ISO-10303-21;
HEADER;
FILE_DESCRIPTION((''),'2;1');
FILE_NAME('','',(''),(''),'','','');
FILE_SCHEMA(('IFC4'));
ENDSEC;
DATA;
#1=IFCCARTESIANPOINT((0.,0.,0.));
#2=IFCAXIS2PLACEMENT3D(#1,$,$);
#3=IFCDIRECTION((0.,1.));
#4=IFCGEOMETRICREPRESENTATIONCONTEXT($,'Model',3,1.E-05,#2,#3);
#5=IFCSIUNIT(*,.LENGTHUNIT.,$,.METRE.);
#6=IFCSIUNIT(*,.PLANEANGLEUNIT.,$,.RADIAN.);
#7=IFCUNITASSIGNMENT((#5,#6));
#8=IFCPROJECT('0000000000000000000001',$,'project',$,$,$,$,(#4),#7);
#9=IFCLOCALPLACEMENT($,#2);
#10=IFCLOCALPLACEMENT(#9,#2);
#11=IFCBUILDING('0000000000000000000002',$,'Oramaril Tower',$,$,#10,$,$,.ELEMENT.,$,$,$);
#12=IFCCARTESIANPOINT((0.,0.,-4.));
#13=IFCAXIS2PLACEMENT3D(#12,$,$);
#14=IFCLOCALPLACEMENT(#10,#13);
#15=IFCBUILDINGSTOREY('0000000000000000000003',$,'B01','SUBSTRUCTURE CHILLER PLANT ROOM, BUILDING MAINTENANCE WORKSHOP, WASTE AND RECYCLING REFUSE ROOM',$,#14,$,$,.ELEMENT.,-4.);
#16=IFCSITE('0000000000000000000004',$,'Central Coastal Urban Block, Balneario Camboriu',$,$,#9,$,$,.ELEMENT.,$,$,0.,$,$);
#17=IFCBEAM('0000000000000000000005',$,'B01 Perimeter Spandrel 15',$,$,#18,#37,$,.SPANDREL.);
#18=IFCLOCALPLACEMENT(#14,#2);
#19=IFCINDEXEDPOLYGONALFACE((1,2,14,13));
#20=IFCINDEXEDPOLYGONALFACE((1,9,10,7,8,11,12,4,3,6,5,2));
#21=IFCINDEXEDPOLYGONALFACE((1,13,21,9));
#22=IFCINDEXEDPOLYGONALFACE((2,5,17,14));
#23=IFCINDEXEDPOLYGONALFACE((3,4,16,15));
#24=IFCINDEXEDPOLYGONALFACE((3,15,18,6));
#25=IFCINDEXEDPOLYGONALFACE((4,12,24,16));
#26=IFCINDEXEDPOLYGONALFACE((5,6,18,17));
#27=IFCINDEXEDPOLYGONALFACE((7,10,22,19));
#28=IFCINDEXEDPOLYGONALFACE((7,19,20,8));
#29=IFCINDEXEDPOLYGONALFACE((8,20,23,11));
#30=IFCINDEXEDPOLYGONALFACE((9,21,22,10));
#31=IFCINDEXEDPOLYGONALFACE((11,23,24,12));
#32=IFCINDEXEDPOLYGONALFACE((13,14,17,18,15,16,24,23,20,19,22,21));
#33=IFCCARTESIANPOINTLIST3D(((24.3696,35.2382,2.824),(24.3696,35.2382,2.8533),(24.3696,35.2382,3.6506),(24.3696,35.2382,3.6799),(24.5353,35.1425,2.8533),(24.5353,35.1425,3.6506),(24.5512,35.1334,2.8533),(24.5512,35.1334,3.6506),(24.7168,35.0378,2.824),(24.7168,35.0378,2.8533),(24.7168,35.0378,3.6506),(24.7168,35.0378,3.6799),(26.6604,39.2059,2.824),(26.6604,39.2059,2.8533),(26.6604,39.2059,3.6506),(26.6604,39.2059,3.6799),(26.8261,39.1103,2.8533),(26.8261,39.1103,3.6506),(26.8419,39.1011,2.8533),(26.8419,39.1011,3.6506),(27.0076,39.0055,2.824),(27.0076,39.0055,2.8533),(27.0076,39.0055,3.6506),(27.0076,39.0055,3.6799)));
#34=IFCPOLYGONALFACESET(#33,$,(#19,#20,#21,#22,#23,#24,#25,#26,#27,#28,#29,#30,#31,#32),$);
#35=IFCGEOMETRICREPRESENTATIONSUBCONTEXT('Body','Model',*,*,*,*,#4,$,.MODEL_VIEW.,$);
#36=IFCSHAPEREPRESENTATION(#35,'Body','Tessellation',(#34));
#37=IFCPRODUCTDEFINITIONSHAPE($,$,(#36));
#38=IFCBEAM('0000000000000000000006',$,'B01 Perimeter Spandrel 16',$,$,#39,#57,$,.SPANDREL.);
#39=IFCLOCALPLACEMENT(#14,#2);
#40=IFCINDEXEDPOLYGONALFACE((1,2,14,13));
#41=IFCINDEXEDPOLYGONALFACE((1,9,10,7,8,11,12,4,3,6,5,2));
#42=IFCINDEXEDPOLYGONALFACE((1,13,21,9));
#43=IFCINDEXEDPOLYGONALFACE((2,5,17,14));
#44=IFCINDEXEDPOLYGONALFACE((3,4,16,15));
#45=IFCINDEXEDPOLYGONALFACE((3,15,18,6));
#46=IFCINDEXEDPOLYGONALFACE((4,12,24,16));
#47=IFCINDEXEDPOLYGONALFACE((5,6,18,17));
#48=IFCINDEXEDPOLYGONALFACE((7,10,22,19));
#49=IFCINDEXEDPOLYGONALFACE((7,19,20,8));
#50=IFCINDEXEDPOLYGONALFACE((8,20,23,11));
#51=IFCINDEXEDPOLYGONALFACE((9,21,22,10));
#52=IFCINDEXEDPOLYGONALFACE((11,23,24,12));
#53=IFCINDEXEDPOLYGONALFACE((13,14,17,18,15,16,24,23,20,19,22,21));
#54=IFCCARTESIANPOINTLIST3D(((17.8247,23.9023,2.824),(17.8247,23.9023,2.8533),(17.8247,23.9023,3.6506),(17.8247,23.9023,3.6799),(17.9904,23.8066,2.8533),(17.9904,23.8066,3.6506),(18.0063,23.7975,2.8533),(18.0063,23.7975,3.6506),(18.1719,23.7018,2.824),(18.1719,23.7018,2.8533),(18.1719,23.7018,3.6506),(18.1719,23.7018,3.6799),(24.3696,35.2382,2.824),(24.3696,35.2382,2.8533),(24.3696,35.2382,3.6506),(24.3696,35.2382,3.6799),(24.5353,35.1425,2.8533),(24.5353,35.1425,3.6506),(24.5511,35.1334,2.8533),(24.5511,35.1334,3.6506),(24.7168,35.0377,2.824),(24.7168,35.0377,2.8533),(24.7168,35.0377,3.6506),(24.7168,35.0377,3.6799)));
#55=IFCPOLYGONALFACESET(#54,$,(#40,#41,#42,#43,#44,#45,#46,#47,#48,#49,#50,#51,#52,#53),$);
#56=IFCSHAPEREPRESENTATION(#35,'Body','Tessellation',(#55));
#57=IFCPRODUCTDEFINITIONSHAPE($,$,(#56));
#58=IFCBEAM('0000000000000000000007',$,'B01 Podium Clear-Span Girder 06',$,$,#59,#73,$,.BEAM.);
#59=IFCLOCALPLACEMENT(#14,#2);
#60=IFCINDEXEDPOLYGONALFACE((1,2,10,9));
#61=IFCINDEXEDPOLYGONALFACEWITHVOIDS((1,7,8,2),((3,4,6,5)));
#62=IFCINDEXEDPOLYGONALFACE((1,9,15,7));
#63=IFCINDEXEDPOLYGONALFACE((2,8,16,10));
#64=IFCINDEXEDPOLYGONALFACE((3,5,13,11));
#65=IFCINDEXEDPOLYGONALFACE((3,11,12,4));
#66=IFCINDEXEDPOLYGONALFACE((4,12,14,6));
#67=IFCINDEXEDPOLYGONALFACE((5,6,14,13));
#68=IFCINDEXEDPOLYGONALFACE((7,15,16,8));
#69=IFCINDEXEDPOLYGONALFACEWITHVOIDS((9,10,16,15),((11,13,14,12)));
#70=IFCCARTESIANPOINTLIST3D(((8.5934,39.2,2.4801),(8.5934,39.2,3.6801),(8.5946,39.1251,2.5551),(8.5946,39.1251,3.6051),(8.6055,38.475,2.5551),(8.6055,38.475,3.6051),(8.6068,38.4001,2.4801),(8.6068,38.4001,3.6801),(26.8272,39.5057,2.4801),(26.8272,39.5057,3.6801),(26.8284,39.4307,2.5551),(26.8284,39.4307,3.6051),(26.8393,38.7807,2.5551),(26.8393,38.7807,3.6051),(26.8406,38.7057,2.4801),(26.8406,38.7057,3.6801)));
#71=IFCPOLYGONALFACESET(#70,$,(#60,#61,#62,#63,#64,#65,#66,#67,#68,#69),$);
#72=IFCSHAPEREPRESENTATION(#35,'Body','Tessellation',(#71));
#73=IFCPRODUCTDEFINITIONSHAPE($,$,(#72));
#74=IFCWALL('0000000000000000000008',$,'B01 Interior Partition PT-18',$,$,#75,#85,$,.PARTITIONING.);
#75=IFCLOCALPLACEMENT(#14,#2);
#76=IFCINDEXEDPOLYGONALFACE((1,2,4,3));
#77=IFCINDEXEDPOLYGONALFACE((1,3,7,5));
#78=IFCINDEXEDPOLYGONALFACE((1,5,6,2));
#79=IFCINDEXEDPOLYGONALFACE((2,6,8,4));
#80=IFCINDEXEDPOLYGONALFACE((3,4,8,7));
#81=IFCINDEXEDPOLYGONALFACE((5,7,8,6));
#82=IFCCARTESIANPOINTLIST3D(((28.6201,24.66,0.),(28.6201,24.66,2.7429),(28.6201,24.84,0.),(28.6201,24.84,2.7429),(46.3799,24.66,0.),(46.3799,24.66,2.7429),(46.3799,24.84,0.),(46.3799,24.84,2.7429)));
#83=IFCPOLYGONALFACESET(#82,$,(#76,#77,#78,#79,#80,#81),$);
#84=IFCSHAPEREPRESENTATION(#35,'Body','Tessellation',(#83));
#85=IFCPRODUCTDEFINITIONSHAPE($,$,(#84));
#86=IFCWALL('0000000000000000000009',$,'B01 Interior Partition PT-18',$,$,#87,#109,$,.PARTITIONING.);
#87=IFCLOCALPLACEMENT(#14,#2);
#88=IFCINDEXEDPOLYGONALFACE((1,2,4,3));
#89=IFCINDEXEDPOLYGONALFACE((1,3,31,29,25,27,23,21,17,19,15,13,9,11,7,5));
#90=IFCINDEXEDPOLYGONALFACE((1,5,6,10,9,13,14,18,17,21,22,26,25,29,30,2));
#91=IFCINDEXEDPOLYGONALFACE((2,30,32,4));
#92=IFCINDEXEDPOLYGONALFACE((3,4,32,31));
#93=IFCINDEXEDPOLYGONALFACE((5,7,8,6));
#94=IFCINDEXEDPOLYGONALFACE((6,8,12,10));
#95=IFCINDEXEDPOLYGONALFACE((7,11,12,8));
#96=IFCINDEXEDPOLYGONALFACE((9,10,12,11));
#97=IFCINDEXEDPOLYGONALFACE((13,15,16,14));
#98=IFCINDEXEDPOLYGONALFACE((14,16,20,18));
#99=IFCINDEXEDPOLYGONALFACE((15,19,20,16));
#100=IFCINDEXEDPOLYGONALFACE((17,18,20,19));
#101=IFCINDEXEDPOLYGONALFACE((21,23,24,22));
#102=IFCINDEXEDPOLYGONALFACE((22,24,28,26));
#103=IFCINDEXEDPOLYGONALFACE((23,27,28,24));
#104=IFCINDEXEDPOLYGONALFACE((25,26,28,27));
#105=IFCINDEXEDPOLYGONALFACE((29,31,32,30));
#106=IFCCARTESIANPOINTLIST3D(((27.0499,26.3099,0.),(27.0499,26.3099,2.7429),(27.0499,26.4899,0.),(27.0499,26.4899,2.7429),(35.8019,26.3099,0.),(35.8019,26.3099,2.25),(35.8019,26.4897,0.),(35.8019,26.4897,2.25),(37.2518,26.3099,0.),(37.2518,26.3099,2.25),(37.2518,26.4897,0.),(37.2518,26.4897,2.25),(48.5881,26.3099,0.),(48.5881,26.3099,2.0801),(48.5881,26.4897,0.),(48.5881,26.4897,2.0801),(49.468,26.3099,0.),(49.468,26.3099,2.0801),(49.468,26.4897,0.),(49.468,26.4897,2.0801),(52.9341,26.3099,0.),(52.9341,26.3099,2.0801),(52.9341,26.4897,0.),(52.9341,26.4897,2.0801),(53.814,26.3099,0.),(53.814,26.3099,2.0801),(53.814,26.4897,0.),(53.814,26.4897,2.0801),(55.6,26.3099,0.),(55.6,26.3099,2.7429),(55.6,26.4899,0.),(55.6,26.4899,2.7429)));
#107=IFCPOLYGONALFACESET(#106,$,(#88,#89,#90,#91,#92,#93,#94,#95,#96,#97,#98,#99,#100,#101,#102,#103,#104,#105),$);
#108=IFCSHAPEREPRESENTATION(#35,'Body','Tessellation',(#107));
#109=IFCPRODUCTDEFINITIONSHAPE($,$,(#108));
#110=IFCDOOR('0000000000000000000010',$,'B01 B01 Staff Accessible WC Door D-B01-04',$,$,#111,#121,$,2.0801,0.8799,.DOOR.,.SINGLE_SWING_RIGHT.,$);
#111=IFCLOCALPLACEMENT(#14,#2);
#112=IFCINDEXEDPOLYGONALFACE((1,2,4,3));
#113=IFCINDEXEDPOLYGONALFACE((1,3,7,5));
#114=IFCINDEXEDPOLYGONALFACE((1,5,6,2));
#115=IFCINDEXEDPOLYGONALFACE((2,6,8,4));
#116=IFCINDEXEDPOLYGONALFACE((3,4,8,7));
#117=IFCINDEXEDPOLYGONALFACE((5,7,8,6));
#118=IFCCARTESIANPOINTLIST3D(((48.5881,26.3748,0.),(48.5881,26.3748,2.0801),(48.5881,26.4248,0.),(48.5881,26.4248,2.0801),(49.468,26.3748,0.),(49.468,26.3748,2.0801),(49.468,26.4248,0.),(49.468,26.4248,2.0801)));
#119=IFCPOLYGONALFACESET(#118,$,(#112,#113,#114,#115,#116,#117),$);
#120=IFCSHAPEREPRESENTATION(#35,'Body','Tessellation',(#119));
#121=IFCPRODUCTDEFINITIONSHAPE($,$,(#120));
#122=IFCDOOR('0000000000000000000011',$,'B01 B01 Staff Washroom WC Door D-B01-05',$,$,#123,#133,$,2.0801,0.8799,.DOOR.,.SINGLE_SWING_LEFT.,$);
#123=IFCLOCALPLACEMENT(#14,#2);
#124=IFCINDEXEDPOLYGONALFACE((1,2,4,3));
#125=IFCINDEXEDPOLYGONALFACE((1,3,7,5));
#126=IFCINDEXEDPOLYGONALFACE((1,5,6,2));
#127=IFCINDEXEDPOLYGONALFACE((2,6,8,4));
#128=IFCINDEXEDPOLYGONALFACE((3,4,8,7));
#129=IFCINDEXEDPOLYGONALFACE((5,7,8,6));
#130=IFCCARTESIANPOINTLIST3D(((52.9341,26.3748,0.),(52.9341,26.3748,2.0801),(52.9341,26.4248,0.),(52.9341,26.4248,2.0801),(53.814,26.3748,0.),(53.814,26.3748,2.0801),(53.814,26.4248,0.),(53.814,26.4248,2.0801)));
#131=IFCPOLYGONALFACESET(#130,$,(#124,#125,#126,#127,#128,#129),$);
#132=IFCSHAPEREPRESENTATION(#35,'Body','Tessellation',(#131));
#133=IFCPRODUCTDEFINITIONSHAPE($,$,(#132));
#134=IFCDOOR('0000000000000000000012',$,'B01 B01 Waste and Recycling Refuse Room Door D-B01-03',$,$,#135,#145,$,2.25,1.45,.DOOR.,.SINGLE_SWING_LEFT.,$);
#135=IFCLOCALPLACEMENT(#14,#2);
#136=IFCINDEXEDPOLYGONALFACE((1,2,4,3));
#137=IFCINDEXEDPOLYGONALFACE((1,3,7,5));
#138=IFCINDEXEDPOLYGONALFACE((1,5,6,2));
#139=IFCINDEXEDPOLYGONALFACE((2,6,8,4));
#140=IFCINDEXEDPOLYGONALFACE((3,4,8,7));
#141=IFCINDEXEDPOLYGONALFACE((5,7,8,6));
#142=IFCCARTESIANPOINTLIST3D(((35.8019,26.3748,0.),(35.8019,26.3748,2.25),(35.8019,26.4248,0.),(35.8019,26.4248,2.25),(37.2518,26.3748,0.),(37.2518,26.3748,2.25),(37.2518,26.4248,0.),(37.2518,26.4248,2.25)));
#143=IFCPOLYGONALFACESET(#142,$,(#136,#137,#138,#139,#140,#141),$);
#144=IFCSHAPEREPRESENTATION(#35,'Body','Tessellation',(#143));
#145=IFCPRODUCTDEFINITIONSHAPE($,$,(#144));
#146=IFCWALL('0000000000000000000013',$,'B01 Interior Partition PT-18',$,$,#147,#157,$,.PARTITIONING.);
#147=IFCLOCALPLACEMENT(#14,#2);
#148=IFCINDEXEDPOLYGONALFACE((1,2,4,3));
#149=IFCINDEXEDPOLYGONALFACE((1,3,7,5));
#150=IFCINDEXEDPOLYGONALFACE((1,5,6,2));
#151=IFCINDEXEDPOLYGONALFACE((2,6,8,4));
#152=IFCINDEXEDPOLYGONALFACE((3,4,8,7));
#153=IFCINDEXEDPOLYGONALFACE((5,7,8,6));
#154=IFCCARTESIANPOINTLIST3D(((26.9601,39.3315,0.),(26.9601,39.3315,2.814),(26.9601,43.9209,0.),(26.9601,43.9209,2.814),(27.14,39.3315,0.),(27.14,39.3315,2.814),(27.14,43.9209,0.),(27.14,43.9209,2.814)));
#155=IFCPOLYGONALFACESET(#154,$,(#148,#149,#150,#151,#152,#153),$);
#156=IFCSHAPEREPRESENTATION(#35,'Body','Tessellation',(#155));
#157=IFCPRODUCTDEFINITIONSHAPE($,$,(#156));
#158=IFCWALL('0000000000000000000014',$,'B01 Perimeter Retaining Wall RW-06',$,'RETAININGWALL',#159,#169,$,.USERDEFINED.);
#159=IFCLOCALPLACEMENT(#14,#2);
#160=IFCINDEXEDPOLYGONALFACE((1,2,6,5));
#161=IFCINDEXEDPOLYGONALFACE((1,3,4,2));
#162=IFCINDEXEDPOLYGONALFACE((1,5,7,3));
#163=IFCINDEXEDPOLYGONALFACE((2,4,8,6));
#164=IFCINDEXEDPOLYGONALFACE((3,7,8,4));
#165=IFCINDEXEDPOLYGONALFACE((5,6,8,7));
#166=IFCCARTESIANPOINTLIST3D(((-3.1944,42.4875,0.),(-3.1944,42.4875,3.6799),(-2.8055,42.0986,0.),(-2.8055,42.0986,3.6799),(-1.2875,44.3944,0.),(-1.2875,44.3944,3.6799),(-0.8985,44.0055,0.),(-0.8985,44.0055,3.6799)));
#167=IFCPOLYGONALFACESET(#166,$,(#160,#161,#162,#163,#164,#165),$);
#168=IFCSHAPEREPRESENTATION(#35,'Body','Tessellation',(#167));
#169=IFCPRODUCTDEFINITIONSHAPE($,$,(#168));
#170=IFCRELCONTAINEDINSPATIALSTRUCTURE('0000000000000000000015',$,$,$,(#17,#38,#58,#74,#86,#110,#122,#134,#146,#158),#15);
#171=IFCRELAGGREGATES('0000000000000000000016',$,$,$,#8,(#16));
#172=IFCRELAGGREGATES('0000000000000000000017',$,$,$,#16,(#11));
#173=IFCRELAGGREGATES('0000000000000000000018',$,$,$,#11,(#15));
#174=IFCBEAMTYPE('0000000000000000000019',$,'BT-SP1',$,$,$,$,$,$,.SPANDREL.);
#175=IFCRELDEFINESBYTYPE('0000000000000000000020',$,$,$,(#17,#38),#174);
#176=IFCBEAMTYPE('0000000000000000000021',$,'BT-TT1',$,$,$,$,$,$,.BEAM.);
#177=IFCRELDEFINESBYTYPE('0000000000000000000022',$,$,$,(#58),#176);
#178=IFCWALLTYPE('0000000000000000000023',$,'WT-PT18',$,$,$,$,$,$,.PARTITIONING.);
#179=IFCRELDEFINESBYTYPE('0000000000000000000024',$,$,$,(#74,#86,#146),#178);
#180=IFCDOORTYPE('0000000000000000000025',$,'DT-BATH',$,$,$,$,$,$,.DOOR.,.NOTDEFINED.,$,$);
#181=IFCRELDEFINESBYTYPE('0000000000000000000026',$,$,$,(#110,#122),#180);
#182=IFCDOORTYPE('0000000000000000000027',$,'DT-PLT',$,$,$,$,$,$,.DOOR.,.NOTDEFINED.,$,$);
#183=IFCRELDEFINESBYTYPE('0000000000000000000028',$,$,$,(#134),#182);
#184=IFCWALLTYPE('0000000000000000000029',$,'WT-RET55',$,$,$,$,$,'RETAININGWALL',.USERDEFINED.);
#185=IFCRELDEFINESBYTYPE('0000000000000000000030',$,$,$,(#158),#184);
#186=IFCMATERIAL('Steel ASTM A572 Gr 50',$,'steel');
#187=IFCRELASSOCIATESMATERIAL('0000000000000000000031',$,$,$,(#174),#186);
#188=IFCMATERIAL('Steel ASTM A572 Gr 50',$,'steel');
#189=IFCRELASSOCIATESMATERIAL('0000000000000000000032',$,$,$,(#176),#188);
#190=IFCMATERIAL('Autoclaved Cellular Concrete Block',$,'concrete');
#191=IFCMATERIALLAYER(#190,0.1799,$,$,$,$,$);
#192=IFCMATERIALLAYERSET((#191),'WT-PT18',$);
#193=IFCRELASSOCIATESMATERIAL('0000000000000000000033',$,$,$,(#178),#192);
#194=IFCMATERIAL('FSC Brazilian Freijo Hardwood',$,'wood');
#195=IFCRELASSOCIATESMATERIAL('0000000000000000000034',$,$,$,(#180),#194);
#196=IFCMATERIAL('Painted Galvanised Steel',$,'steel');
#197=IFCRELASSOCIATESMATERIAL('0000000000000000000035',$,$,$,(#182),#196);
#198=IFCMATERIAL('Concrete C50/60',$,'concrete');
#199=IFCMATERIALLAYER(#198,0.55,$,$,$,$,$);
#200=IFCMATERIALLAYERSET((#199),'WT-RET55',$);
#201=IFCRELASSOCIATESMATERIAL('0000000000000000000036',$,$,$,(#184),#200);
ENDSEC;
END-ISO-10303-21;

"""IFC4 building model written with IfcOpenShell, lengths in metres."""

from ifc_helpers import new_model, si_unit, direction, frame, frame_2d, origin, origin_2d, place, context, subcontext, project, spatial, rectangle, hollow_rectangle, i_section, extrude, material, layer, layer_set, material_profile, profile_set, type_object, element, fill, save


model = new_model("IFC4")

# Units and contexts
model_context = context("Model", 3, precision=1e-05, world=origin(), true_north=direction((0.0, 1.0)))
body_context = subcontext(model_context, "Body", "Model", "MODEL_VIEW")
ifc_project = project(units=[si_unit("LENGTHUNIT", "METRE"), si_unit("PLANEANGLEUNIT", "RADIAN")], contexts=[model_context])

# Site, building, storey
site_placement = place(None, origin())
site = spatial("IfcSite", under=ifc_project, at=site_placement, Name="Central Coastal Urban Block, Balneario Camboriu", CompositionType="ELEMENT", RefElevation=0.0)
building_placement = place(site_placement, origin())
building = spatial("IfcBuilding", under=site, at=building_placement, Name="Oramaril Tower", CompositionType="ELEMENT")
storey_placement = place(building_placement, frame((0.0, 0.0, -4.0)))
storey = spatial("IfcBuildingStorey", under=building, at=storey_placement, Name="B01", Description="SUBSTRUCTURE CHILLER PLANT ROOM, BUILDING MAINTENANCE WORKSHOP, WASTE AND RECYCLING REFUSE ROOM", CompositionType="ELEMENT", Elevation=-4.0)

# Beams
ifc_material_1 = material(Name="Steel ASTM A572 Gr 50", Category="steel")
ifc_material_profile_1 = material_profile(ifc_material_1, i_section(OverallWidth=0.4009, OverallDepth=0.856, WebThickness=0.0183, FlangeThickness=0.0293, at=origin_2d()), Name="W33X201")
ifc_profile_set_1 = profile_set([ifc_material_profile_1], Name="Steel ASTM A572 Gr 50")
beam_type_1 = type_object("IfcBeamType", Name="BT-SP1", PredefinedType="SPANDREL", material=ifc_profile_set_1)
beam_1_placement = place(storey_placement, frame((26.834, 39.1057, 3.252), z_axis=(-0.499996, -0.866028, 0.0), x_axis=(0.866028, -0.499996, 0.0)))
element("IfcBeam", 1, at=beam_1_placement, inside=storey, type_object=beam_type_1, Name="B01 Perimeter Spandrel 15", PredefinedType="SPANDREL", context=body_context, shape_type="SweptSolid", body=[
    extrude(i_section(OverallWidth=0.4009, OverallDepth=0.856, WebThickness=0.0183, FlangeThickness=0.0293, at=origin_2d()), origin(), (0.0, 0.0, 1.0), 4.5815),
])
beam_2_placement = place(storey_placement, frame((24.5432, 35.1379, 3.252), z_axis=(-0.500007, -0.866022, 0.0), x_axis=(0.866022, -0.500007, 0.0)))
element("IfcBeam", 2, at=beam_2_placement, inside=storey, type_object=beam_type_1, Name="B01 Perimeter Spandrel 16", PredefinedType="SPANDREL", context=body_context, shape_type="SweptSolid", body=[
    extrude(i_section(OverallWidth=0.4009, OverallDepth=0.856, WebThickness=0.0183, FlangeThickness=0.0293, at=origin_2d()), origin(), (0.0, 0.0, 1.0), 13.0896),
])
ifc_material_2 = material(Name="Steel ASTM A572 Gr 50", Category="steel")
ifc_material_profile_2 = material_profile(ifc_material_2, hollow_rectangle(XDim=0.8, YDim=1.2, WallThickness=0.075, at=origin_2d()), Name="BOX1200X800X75")
ifc_profile_set_2 = profile_set([ifc_material_profile_2], Name="Steel ASTM A572 Gr 50")
beam_type_2 = type_object("IfcBeamType", Name="BT-TT1", PredefinedType="BEAM", material=ifc_profile_set_2)
beam_3_placement = place(storey_placement, frame((8.6001, 38.8, 3.0801), z_axis=(0.99986, 0.016761, 0.0), x_axis=(-0.016761, 0.99986, 0.0)))
element("IfcBeam", 3, at=beam_3_placement, inside=storey, type_object=beam_type_2, Name="B01 Podium Clear-Span Girder 06", PredefinedType="BEAM", context=body_context, shape_type="SweptSolid", body=[
    extrude(hollow_rectangle(XDim=0.8, YDim=1.2, WallThickness=0.075, at=origin_2d()), origin(), (0.0, 0.0, 1.0), 18.2363),
])

# Wall
ifc_material_3 = material(Name="Autoclaved Cellular Concrete Block", Category="concrete")
ifc_layer_1 = layer(ifc_material_3, 0.1799)
ifc_layer_set_1 = layer_set([ifc_layer_1], Name="WT-PT18")
wall_type_1 = type_object("IfcWallType", Name="WT-PT18", PredefinedType="PARTITIONING", material=ifc_layer_set_1)
wall_1_placement = place(storey_placement, frame((28.6201, 24.75, 0.0), z_axis=(0.0, 0.0, 1.0), x_axis=(1.0, 0.0, 0.0)))
element("IfcWall", 4, at=wall_1_placement, inside=storey, type_object=wall_type_1, Name="B01 Interior Partition PT-18", PredefinedType="PARTITIONING", context=body_context, shape_type="SweptSolid", body=[
    extrude(rectangle(XDim=17.7598, YDim=0.1799, at=frame_2d((8.8799, 0.0))), origin(), (0.0, 0.0, 1.0), 2.7429),
])

# Wall, openings, doors
wall_2_placement = place(storey_placement, frame((27.05, 26.3999, 0.0), z_axis=(0.0, 0.0, 1.0), x_axis=(1.0, 0.0, 0.0)))
wall_2 = element("IfcWall", 5, at=wall_2_placement, inside=storey, type_object=wall_type_1, Name="B01 Interior Partition PT-18", PredefinedType="PARTITIONING", context=body_context, shape_type="SweptSolid", body=[
    extrude(rectangle(XDim=28.55, YDim=0.1799, at=frame_2d((14.2749, 0.0))), origin(), (0.0, 0.0, 1.0), 2.7429),
])
opening_1_placement = place(wall_2_placement, frame((8.7517, 0.0, 0.0)))
opening_1 = element("IfcOpeningElement", 6, at=opening_1_placement, cuts=wall_2, PredefinedType="OPENING", context=body_context, shape_type="SweptSolid", body=[
    extrude(rectangle(XDim=1.45, YDim=2.25, at=frame_2d((0.7251, 1.125))), frame((0.0, 0.0898, 0.0), z_axis=(0.0, -1.0, 0.0), x_axis=(1.0, 0.0, 0.0)), (0.0, 0.0, 1.0), 0.1799),
])
opening_2_placement = place(wall_2_placement, frame((21.5381, 0.0, 0.0)))
opening_2 = element("IfcOpeningElement", 7, at=opening_2_placement, cuts=wall_2, PredefinedType="OPENING", context=body_context, shape_type="SweptSolid", body=[
    extrude(rectangle(XDim=0.8799, YDim=2.0801, at=frame_2d((0.4399, 1.04))), frame((0.0, 0.0898, 0.0), z_axis=(0.0, -1.0, 0.0), x_axis=(1.0, 0.0, 0.0)), (0.0, 0.0, 1.0), 0.1799),
])
opening_3_placement = place(wall_2_placement, frame((25.884, 0.0, 0.0)))
opening_3 = element("IfcOpeningElement", 8, at=opening_3_placement, cuts=wall_2, PredefinedType="OPENING", context=body_context, shape_type="SweptSolid", body=[
    extrude(rectangle(XDim=0.8799, YDim=2.0801, at=frame_2d((0.4399, 1.04))), frame((0.0, 0.0898, 0.0), z_axis=(0.0, -1.0, 0.0), x_axis=(1.0, 0.0, 0.0)), (0.0, 0.0, 1.0), 0.1799),
])
ifc_material_4 = material(Name="FSC Brazilian Freijo Hardwood", Category="wood")
door_type_1 = type_object("IfcDoorType", Name="DT-BATH", OperationType="NOTDEFINED", PredefinedType="DOOR", material=ifc_material_4)
door_1_placement = place(opening_2_placement, origin())
door_1 = element("IfcDoor", 9, at=door_1_placement, inside=storey, type_object=door_type_1, Name="B01 B01 Staff Accessible WC Door D-B01-04", OperationType="SINGLE_SWING_RIGHT", OverallHeight=2.0801, OverallWidth=0.8799, PredefinedType="DOOR", context=body_context, shape_type="SweptSolid", body=[
    extrude(rectangle(XDim=0.8799, YDim=2.0801, at=frame_2d((0.4399, 1.04))), frame((0.0, 0.0249, 0.0), z_axis=(0.0, -1.0, 0.0), x_axis=(1.0, 0.0, 0.0)), (0.0, 0.0, 1.0), 0.05),
])
fill(opening_2, door_1)
door_2_placement = place(opening_3_placement, origin())
door_2 = element("IfcDoor", 10, at=door_2_placement, inside=storey, type_object=door_type_1, Name="B01 B01 Staff Washroom WC Door D-B01-05", OperationType="SINGLE_SWING_LEFT", OverallHeight=2.0801, OverallWidth=0.8799, PredefinedType="DOOR", context=body_context, shape_type="SweptSolid", body=[
    extrude(rectangle(XDim=0.8799, YDim=2.0801, at=frame_2d((0.4399, 1.04))), frame((0.0, 0.0249, 0.0), z_axis=(0.0, -1.0, 0.0), x_axis=(1.0, 0.0, 0.0)), (0.0, 0.0, 1.0), 0.05),
])
fill(opening_3, door_2)
ifc_material_5 = material(Name="Painted Galvanised Steel", Category="steel")
door_type_2 = type_object("IfcDoorType", Name="DT-PLT", OperationType="NOTDEFINED", PredefinedType="DOOR", material=ifc_material_5)
door_3_placement = place(opening_1_placement, origin())
door_3 = element("IfcDoor", 11, at=door_3_placement, inside=storey, type_object=door_type_2, Name="B01 B01 Waste and Recycling Refuse Room Door D-B01-03", OperationType="SINGLE_SWING_LEFT", OverallHeight=2.25, OverallWidth=1.45, PredefinedType="DOOR", context=body_context, shape_type="SweptSolid", body=[
    extrude(rectangle(XDim=1.45, YDim=2.25, at=frame_2d((0.7251, 1.125))), frame((0.0, 0.0249, 0.0), z_axis=(0.0, -1.0, 0.0), x_axis=(1.0, 0.0, 0.0)), (0.0, 0.0, 1.0), 0.05),
])
fill(opening_1, door_3)

# Walls
wall_3_placement = place(storey_placement, frame((27.05, 39.3315, 0.0), z_axis=(0.0, 0.0, 1.0), x_axis=(0.0, 1.0, 0.0)))
element("IfcWall", 12, at=wall_3_placement, inside=storey, type_object=wall_type_1, Name="B01 Interior Partition PT-18", PredefinedType="PARTITIONING", context=body_context, shape_type="SweptSolid", body=[
    extrude(rectangle(XDim=4.5894, YDim=0.1799, at=frame_2d((2.2947, 0.0))), origin(), (0.0, 0.0, 1.0), 2.814),
])
ifc_material_6 = material(Name="Concrete C50/60", Category="concrete")
ifc_layer_2 = layer(ifc_material_6, 0.55)
ifc_layer_set_2 = layer_set([ifc_layer_2], Name="WT-RET55")
wall_type_2 = type_object("IfcWallType", Name="WT-RET55", ElementType="RETAININGWALL", PredefinedType="USERDEFINED", material=ifc_layer_set_2)
wall_4_placement = place(storey_placement, frame((-1.093, 44.2, 0.0), z_axis=(0.0, 0.0, 1.0), x_axis=(-0.707107, -0.707107, 0.0)))
element("IfcWall", 13, at=wall_4_placement, inside=storey, type_object=wall_type_2, Name="B01 Perimeter Retaining Wall RW-06", ObjectType="RETAININGWALL", PredefinedType="USERDEFINED", context=body_context, shape_type="SweptSolid", body=[
    extrude(rectangle(XDim=2.6968, YDim=0.55, at=frame_2d((1.3484, 0.0))), origin(), (0.0, 0.0, 1.0), 3.6799),
])

save(model, "model.ifc")
